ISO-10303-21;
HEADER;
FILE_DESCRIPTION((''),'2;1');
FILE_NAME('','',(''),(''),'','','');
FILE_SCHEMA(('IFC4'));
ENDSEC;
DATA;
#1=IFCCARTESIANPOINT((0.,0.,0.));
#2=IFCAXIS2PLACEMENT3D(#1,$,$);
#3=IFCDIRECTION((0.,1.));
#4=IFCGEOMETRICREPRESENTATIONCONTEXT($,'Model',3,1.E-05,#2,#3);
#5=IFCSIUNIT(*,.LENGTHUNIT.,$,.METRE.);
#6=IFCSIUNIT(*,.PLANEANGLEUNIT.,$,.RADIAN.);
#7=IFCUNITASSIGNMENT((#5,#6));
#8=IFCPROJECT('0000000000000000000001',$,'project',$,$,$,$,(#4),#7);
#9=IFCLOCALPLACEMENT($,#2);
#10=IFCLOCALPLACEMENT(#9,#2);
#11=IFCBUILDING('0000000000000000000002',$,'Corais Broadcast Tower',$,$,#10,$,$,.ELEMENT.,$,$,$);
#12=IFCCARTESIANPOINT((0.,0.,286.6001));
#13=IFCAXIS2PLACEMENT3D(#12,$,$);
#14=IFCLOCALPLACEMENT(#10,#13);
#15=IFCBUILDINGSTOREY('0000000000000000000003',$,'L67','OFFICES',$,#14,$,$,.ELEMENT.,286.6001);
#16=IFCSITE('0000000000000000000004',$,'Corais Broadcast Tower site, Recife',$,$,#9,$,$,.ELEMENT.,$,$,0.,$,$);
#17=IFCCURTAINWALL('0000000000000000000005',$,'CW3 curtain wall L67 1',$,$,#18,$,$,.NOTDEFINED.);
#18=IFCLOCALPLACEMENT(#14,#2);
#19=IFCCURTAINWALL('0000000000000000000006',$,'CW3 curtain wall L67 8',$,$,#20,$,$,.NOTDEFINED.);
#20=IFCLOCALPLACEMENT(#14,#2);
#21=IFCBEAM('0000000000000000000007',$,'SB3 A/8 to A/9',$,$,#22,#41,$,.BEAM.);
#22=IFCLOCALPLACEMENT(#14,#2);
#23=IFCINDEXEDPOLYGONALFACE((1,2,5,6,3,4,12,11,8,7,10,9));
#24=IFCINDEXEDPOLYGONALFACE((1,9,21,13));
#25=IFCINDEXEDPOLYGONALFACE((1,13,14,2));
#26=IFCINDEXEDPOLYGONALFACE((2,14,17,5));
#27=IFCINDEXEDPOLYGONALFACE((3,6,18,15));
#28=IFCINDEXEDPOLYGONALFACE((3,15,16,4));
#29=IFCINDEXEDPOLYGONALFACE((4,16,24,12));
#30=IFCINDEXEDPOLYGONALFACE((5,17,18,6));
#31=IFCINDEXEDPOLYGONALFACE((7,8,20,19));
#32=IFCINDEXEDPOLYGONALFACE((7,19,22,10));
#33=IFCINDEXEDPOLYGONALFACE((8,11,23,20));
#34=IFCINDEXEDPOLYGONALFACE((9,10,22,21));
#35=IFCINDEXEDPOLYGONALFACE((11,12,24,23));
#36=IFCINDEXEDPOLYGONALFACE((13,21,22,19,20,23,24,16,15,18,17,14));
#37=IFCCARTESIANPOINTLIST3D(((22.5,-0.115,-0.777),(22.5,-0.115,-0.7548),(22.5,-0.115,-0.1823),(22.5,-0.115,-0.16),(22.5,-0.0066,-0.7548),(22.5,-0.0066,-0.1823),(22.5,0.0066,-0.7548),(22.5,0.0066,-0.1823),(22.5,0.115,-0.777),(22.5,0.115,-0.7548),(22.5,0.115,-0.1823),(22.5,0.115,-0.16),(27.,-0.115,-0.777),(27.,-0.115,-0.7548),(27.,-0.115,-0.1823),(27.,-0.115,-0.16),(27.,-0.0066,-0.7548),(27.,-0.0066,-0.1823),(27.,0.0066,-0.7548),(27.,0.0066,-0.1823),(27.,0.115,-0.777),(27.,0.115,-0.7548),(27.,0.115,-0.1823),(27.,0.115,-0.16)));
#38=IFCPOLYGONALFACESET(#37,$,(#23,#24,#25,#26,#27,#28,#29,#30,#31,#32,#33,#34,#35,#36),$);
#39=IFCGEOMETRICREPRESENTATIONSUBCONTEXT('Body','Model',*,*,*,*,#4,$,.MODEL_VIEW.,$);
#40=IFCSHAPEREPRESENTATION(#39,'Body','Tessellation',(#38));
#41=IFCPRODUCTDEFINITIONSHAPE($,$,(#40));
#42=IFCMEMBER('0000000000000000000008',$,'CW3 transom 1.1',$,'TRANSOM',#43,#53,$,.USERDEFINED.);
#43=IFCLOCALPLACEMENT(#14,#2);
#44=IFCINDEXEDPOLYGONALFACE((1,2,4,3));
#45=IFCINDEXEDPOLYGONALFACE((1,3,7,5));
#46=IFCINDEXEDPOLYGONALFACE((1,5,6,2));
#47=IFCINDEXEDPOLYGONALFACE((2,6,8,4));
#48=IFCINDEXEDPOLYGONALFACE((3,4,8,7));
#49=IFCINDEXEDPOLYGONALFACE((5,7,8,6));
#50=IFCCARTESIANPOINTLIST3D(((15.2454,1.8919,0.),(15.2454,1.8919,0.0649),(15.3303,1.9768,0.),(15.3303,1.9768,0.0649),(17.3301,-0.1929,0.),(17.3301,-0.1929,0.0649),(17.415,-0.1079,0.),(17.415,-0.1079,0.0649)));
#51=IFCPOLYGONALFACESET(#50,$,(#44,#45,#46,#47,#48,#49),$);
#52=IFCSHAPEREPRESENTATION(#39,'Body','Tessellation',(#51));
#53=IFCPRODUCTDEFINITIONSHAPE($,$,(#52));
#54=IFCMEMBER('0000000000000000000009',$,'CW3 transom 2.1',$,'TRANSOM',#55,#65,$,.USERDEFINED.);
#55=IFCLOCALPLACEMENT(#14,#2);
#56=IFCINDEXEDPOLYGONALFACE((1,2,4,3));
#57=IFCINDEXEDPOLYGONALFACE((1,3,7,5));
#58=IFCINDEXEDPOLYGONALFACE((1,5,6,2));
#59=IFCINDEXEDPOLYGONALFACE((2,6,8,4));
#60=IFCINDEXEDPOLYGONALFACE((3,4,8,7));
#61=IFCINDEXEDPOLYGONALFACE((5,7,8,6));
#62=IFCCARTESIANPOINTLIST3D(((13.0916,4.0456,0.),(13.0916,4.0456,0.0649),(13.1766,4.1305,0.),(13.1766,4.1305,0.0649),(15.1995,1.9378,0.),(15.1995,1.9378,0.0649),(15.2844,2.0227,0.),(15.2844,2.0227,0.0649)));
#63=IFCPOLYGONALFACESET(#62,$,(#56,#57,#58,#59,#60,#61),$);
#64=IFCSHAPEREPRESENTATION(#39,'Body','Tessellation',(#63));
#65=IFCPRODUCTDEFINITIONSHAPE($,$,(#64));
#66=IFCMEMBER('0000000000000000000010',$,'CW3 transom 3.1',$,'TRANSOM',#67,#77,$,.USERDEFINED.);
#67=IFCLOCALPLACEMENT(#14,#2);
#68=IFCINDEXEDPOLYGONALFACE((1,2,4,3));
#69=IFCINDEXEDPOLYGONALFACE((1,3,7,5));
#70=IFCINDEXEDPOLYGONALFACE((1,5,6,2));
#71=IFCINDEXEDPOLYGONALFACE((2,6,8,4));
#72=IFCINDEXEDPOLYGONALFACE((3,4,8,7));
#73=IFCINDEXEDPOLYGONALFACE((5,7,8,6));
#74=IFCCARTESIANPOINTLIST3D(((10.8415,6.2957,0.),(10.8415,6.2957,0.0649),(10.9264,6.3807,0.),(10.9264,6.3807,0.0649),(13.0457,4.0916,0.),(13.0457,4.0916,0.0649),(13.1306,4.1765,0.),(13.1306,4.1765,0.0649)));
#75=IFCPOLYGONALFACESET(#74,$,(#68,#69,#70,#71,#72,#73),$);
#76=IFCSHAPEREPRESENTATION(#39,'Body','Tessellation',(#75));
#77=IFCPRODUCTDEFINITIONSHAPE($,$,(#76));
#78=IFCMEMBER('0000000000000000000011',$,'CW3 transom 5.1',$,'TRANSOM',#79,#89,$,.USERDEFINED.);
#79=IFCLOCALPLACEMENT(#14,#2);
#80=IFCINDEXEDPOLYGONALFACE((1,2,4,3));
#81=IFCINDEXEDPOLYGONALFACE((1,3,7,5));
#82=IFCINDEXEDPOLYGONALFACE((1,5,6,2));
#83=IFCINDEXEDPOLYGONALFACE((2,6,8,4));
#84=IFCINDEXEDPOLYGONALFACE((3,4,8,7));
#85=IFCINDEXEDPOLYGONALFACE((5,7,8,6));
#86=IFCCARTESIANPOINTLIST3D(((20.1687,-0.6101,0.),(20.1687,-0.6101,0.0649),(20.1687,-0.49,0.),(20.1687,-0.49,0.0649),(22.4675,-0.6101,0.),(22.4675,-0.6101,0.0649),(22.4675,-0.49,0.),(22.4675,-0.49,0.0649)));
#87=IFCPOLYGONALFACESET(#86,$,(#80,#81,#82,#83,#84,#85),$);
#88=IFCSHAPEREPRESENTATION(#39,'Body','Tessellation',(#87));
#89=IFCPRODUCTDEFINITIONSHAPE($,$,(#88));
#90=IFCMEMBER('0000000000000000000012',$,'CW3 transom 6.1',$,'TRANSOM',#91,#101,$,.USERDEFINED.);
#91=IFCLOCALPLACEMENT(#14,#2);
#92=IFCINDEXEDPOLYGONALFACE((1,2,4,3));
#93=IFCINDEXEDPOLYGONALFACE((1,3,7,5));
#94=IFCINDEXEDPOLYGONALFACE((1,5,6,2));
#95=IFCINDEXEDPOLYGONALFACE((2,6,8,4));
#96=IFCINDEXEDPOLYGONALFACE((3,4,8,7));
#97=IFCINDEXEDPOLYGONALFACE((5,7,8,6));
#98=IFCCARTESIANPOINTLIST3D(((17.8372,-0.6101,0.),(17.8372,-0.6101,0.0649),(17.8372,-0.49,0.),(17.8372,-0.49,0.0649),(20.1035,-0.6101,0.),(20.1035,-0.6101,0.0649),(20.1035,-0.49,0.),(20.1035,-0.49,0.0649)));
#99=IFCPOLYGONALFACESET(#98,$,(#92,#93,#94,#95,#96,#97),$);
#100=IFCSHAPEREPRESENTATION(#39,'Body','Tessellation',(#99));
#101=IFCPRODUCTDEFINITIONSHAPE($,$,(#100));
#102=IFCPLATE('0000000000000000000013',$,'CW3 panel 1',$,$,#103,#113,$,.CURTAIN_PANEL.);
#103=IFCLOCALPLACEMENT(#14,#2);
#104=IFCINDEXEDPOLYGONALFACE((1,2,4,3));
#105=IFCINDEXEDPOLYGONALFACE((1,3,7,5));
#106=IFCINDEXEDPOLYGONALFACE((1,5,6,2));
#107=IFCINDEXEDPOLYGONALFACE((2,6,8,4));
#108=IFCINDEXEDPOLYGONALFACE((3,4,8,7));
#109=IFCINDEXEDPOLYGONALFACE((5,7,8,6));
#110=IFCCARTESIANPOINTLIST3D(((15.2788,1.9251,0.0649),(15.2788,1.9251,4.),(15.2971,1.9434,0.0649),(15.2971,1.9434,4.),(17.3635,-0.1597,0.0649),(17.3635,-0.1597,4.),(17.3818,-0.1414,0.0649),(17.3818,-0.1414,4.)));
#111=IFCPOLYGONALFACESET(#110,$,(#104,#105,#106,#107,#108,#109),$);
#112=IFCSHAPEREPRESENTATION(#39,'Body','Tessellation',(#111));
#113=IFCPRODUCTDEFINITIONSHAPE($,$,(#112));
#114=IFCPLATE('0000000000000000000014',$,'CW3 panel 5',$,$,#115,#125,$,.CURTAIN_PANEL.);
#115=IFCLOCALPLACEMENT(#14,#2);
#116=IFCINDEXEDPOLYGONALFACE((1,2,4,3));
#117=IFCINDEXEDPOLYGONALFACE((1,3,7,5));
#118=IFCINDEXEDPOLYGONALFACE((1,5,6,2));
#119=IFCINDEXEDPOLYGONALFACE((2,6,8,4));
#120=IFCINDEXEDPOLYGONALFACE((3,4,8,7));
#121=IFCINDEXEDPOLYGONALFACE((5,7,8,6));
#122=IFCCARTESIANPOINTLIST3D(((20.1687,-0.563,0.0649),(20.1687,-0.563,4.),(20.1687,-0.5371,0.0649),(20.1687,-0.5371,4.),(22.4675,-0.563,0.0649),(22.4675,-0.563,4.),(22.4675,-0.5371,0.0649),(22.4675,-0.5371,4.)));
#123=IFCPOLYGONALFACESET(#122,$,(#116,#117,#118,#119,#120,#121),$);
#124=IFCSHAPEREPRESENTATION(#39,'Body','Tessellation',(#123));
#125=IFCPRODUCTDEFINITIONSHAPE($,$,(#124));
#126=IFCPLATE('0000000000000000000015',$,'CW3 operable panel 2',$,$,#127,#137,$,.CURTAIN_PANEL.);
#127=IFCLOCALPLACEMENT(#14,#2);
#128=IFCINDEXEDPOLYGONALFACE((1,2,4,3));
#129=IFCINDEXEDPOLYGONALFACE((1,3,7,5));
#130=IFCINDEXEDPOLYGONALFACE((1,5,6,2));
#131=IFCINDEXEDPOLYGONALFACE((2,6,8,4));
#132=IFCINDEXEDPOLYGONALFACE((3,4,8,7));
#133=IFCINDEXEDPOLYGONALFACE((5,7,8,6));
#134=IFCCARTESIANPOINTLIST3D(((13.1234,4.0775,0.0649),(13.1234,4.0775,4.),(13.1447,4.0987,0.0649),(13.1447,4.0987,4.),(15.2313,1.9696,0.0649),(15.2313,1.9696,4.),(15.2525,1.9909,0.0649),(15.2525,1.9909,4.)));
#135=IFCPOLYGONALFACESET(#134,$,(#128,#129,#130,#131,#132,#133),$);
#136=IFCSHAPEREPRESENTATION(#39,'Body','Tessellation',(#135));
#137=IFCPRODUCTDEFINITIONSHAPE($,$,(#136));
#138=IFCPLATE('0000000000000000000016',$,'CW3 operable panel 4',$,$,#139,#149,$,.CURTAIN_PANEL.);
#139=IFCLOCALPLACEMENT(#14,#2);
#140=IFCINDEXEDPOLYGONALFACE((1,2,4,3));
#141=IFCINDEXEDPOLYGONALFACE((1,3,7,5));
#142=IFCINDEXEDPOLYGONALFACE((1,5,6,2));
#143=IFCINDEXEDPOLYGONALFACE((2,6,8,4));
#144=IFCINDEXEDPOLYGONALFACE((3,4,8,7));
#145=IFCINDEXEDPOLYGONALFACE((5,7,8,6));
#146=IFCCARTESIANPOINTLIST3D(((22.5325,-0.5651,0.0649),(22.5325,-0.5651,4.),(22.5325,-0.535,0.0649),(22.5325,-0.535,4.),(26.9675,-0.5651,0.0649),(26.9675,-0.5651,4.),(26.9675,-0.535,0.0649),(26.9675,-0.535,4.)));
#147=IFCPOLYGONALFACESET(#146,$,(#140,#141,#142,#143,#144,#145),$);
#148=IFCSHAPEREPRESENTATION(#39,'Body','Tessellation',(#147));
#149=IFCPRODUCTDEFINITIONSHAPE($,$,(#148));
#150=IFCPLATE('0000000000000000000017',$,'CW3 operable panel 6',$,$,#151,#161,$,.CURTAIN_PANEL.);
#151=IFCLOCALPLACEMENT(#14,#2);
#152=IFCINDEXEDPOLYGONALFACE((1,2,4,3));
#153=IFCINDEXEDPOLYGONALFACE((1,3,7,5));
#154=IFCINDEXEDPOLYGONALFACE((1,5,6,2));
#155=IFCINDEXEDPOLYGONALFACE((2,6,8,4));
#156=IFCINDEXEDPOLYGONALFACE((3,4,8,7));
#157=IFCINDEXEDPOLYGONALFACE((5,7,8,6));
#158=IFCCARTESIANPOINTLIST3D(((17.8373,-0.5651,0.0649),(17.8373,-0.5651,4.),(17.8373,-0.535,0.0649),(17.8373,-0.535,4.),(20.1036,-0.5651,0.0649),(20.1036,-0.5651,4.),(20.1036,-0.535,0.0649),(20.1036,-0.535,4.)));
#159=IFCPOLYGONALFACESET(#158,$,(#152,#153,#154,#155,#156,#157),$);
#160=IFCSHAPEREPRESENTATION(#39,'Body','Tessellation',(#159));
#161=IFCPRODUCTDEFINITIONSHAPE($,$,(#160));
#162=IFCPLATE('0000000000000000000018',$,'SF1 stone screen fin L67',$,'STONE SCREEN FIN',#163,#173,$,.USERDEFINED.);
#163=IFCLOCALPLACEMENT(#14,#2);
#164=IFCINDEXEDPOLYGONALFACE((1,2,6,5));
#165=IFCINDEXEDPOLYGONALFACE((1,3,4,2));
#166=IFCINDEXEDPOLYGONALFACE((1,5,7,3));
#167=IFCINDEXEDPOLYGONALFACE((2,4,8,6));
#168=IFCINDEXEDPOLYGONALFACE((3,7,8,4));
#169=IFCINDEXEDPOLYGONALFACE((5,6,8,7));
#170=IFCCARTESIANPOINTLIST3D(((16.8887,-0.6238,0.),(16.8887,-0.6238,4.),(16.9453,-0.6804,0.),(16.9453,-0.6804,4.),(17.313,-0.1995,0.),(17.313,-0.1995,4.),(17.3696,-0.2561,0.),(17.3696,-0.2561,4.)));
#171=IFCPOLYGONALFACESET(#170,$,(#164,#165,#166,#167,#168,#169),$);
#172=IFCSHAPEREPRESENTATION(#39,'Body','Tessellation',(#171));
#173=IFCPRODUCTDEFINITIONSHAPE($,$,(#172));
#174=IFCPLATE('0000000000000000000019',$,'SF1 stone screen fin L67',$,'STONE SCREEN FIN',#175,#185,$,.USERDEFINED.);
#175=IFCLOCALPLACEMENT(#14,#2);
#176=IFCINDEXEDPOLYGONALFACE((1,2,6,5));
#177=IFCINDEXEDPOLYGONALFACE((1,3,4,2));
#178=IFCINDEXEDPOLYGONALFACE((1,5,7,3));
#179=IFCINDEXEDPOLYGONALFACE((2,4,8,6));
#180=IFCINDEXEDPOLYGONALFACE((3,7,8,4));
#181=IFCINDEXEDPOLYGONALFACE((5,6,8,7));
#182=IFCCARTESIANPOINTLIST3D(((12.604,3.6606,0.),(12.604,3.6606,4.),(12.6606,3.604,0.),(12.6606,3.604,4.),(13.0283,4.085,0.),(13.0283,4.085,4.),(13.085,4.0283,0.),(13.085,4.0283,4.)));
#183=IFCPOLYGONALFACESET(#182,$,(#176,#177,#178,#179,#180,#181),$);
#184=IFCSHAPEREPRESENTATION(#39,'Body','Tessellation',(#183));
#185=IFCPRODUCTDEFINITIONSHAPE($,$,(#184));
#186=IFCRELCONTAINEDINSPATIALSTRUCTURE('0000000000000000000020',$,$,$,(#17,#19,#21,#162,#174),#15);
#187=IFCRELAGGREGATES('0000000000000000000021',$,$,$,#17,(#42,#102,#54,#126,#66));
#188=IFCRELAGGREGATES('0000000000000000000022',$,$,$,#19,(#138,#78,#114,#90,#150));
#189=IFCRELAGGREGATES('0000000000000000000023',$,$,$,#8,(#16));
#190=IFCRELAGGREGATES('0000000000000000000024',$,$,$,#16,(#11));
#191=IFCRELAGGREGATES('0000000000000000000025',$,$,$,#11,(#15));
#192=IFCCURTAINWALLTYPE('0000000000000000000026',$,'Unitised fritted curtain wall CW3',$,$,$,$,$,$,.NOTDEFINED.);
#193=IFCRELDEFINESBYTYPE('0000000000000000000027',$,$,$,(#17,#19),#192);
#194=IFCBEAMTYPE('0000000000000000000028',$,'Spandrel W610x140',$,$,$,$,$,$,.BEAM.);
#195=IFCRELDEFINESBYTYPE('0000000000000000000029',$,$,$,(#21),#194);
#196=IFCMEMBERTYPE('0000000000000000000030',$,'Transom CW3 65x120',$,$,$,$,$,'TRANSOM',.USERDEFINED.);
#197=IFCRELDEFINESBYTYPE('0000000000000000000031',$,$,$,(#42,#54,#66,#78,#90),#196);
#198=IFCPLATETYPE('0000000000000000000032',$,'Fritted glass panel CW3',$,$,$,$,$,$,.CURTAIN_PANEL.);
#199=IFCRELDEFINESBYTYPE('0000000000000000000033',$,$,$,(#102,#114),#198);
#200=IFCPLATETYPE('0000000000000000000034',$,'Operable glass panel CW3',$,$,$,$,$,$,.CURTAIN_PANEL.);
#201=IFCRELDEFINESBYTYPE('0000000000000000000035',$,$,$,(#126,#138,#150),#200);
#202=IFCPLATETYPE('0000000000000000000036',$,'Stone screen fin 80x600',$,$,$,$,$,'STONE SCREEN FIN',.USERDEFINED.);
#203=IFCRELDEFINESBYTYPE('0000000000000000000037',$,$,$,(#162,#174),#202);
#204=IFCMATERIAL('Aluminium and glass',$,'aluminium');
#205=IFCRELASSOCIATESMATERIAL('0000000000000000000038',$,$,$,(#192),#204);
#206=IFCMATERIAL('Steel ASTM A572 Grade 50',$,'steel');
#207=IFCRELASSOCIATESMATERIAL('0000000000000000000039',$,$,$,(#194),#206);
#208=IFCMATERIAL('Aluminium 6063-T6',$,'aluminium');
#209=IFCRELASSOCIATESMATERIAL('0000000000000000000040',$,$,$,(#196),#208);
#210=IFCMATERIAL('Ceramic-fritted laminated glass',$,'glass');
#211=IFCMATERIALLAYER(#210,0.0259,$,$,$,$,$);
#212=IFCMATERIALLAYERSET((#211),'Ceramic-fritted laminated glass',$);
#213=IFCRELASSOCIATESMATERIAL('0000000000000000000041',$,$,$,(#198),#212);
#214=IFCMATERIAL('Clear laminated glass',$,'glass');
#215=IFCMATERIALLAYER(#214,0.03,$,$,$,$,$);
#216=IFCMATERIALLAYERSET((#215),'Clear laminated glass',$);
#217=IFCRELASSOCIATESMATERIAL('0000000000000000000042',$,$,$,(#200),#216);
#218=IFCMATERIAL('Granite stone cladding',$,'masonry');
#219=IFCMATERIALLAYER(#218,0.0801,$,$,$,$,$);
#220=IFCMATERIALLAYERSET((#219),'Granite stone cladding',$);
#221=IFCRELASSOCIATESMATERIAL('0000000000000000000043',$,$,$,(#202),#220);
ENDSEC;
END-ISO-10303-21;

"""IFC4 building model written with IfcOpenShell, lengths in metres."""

from ifc_helpers import new_model, si_unit, direction, frame, origin, origin_2d, place, context, subcontext, project, spatial, rectangle, i_section, extrude, material, layer, layer_set, material_profile, profile_set, type_object, element, aggregate, save


model = new_model("IFC4")

# Units and contexts
model_context = context("Model", 3, precision=1e-05, world=origin(), true_north=direction((0.0, 1.0)))
body_context = subcontext(model_context, "Body", "Model", "MODEL_VIEW")
ifc_project = project(units=[si_unit("LENGTHUNIT", "METRE"), si_unit("PLANEANGLEUNIT", "RADIAN")], contexts=[model_context])

# Site, building, storey
site_placement = place(None, origin())
site = spatial("IfcSite", under=ifc_project, at=site_placement, Name="Corais Broadcast Tower site, Recife", CompositionType="ELEMENT", RefElevation=0.0)
building_placement = place(site_placement, origin())
building = spatial("IfcBuilding", under=site, at=building_placement, Name="Corais Broadcast Tower", CompositionType="ELEMENT")
storey_placement = place(building_placement, frame((0.0, 0.0, 286.6001)))
storey = spatial("IfcBuildingStorey", under=building, at=storey_placement, Name="L67", Description="OFFICES", CompositionType="ELEMENT", Elevation=286.6001)

# Curtain walls
ifc_material_1 = material(Name="Aluminium and glass", Category="aluminium")
curtain_wall_type = type_object("IfcCurtainWallType", Name="Unitised fritted curtain wall CW3", PredefinedType="NOTDEFINED", material=ifc_material_1)
curtain_wall_1_placement = place(storey_placement, origin())
curtain_wall_1 = element("IfcCurtainWall", 1, at=curtain_wall_1_placement, inside=storey, type_object=curtain_wall_type, Name="CW3 curtain wall L67 1", PredefinedType="NOTDEFINED")
curtain_wall_2_placement = place(storey_placement, origin())
curtain_wall_2 = element("IfcCurtainWall", 2, at=curtain_wall_2_placement, inside=storey, type_object=curtain_wall_type, Name="CW3 curtain wall L67 8", PredefinedType="NOTDEFINED")

# Beam
ifc_material_2 = material(Name="Steel ASTM A572 Grade 50", Category="steel")
ifc_material_profile_1 = material_profile(ifc_material_2, i_section(OverallWidth=0.23, OverallDepth=0.6169, WebThickness=0.0132, FlangeThickness=0.0222, at=origin_2d()), Name="W610x140")
ifc_profile_set_1 = profile_set([ifc_material_profile_1], Name="Steel ASTM A572 Grade 50")
beam_type_1 = type_object("IfcBeamType", Name="Spandrel W610x140", PredefinedType="BEAM", material=ifc_profile_set_1)
for number, where, z_axis, x_axis, name in (
    (3, (22.5, 0.0, -0.4685), (1.0, 0.0, 0.0), (0.0, 1.0, 0.0), "SB3 A/8 to A/9"),
):
    element("IfcBeam", number, at=place(storey_placement, frame(where, z_axis=z_axis, x_axis=x_axis)), inside=storey, type_object=beam_type_1, Name=name, PredefinedType="BEAM", context=body_context, shape_type="SweptSolid", body=[
        extrude(i_section(OverallWidth=0.23, OverallDepth=0.6169, WebThickness=0.0132, FlangeThickness=0.0222, at=origin_2d()), origin(), (0.0, 0.0, 1.0), 4.5),
    ])

# Members
ifc_material_3 = material(Name="Aluminium 6063-T6", Category="aluminium")
ifc_material_profile_2 = material_profile(ifc_material_3, rectangle(XDim=0.1201, YDim=0.0649, at=origin_2d()), Name="Transom CW3 65x120")
ifc_profile_set_2 = profile_set([ifc_material_profile_2], Name="Aluminium 6063-T6")
member_type_1 = type_object("IfcMemberType", Name="Transom CW3 65x120", ElementType="TRANSOM", PredefinedType="USERDEFINED", material=ifc_profile_set_2)
member_1_placement = place(storey_placement, frame((17.3726, -0.1504, 0.0325), z_axis=(-0.707107, 0.707107, 0.0), x_axis=(-0.707107, -0.707107, 0.0)))
member_1 = element("IfcMember", 4, at=member_1_placement, type_object=member_type_1, Name="CW3 transom 1.1", ObjectType="TRANSOM", PredefinedType="USERDEFINED", context=body_context, shape_type="SweptSolid", body=[
    extrude(rectangle(XDim=0.1201, YDim=0.0649, at=origin_2d()), origin(), (0.0, 0.0, 1.0), 2.9482),
])
member_2_placement = place(storey_placement, frame((15.2419, 1.9802, 0.0325), z_axis=(-0.707107, 0.707107, 0.0), x_axis=(-0.707107, -0.707107, 0.0)))
member_2 = element("IfcMember", 5, at=member_2_placement, type_object=member_type_1, Name="CW3 transom 2.1", ObjectType="TRANSOM", PredefinedType="USERDEFINED", context=body_context, shape_type="SweptSolid", body=[
    extrude(rectangle(XDim=0.1201, YDim=0.0649, at=origin_2d()), origin(), (0.0, 0.0, 1.0), 2.981),
])
member_3_placement = place(storey_placement, frame((13.0881, 4.134, 0.0325), z_axis=(-0.707107, 0.707107, 0.0), x_axis=(-0.707107, -0.707107, 0.0)))
member_3 = element("IfcMember", 6, at=member_3_placement, type_object=member_type_1, Name="CW3 transom 3.1", ObjectType="TRANSOM", PredefinedType="USERDEFINED", context=body_context, shape_type="SweptSolid", body=[
    extrude(rectangle(XDim=0.1201, YDim=0.0649, at=origin_2d()), origin(), (0.0, 0.0, 1.0), 3.1172),
])
member_4_placement = place(storey_placement, frame((22.4675, -0.55, 0.0325), z_axis=(-1.0, 0.0, 0.0), x_axis=(0.0, -1.0, 0.0)))
member_4 = element("IfcMember", 7, at=member_4_placement, type_object=member_type_1, Name="CW3 transom 5.1", ObjectType="TRANSOM", PredefinedType="USERDEFINED", context=body_context, shape_type="SweptSolid", body=[
    extrude(rectangle(XDim=0.1201, YDim=0.0649, at=origin_2d()), origin(), (0.0, 0.0, 1.0), 2.2988),
])
member_5_placement = place(storey_placement, frame((20.1035, -0.55, 0.0325), z_axis=(-1.0, 0.0, 0.0), x_axis=(0.0, -1.0, 0.0)))
member_5 = element("IfcMember", 8, at=member_5_placement, type_object=member_type_1, Name="CW3 transom 6.1", ObjectType="TRANSOM", PredefinedType="USERDEFINED", context=body_context, shape_type="SweptSolid", body=[
    extrude(rectangle(XDim=0.1201, YDim=0.0649, at=origin_2d()), origin(), (0.0, 0.0, 1.0), 2.2664),
])

# Plates
ifc_material_4 = material(Name="Ceramic-fritted laminated glass", Category="glass")
ifc_layer_1 = layer(ifc_material_4, 0.0259)
ifc_layer_set_1 = layer_set([ifc_layer_1], Name="Ceramic-fritted laminated glass")
plate_type_1 = type_object("IfcPlateType", Name="Fritted glass panel CW3", PredefinedType="CURTAIN_PANEL", material=ifc_layer_set_1)
plate_1_placement = place(storey_placement, frame((16.3303, 0.8918, 0.0649), z_axis=(0.0, 0.0, 1.0), x_axis=(-0.707107, 0.707107, 0.0)))
plate_1 = element("IfcPlate", 9, at=plate_1_placement, type_object=plate_type_1, Name="CW3 panel 1", PredefinedType="CURTAIN_PANEL", context=body_context, shape_type="SweptSolid", body=[
    extrude(rectangle(XDim=2.9482, YDim=0.0259, at=origin_2d()), origin(), (0.0, 0.0, 1.0), 3.9351),
])
plate_2_placement = place(storey_placement, frame((21.3181, -0.55, 0.0649), z_axis=(0.0, 0.0, 1.0), x_axis=(-1.0, 0.0, 0.0)))
plate_2 = element("IfcPlate", 10, at=plate_2_placement, type_object=plate_type_1, Name="CW3 panel 5", PredefinedType="CURTAIN_PANEL", context=body_context, shape_type="SweptSolid", body=[
    extrude(rectangle(XDim=2.2988, YDim=0.0259, at=origin_2d()), origin(), (0.0, 0.0, 1.0), 3.9351),
])
ifc_material_5 = material(Name="Clear laminated glass", Category="glass")
ifc_layer_2 = layer(ifc_material_5, 0.03)
ifc_layer_set_2 = layer_set([ifc_layer_2], Name="Clear laminated glass")
plate_type_2 = type_object("IfcPlateType", Name="Operable glass panel CW3", PredefinedType="CURTAIN_PANEL", material=ifc_layer_set_2)
plate_3_placement = place(storey_placement, frame((14.188, 3.0342, 0.0649), z_axis=(0.0, 0.0, 1.0), x_axis=(-0.707107, 0.707107, 0.0)))
plate_3 = element("IfcPlate", 11, at=plate_3_placement, type_object=plate_type_2, Name="CW3 operable panel 2", PredefinedType="CURTAIN_PANEL", context=body_context, shape_type="SweptSolid", body=[
    extrude(rectangle(XDim=2.981, YDim=0.03, at=origin_2d()), origin(), (0.0, 0.0, 1.0), 3.9351),
])
aggregate(curtain_wall_1, [member_1, plate_1, member_2, plate_3, member_3])
plate_4_placement = place(storey_placement, frame((24.75, -0.55, 0.0649), z_axis=(0.0, 0.0, 1.0), x_axis=(-1.0, 0.0, 0.0)))
plate_4 = element("IfcPlate", 12, at=plate_4_placement, type_object=plate_type_2, Name="CW3 operable panel 4", PredefinedType="CURTAIN_PANEL", context=body_context, shape_type="SweptSolid", body=[
    extrude(rectangle(XDim=4.4351, YDim=0.03, at=origin_2d()), origin(), (0.0, 0.0, 1.0), 3.9351),
])
plate_5_placement = place(storey_placement, frame((18.9705, -0.55, 0.0649), z_axis=(0.0, 0.0, 1.0), x_axis=(-1.0, 0.0, 0.0)))
plate_5 = element("IfcPlate", 13, at=plate_5_placement, type_object=plate_type_2, Name="CW3 operable panel 6", PredefinedType="CURTAIN_PANEL", context=body_context, shape_type="SweptSolid", body=[
    extrude(rectangle(XDim=2.2664, YDim=0.03, at=origin_2d()), origin(), (0.0, 0.0, 1.0), 3.9351),
])
aggregate(curtain_wall_2, [plate_4, member_4, plate_2, member_5, plate_5])

# Plates
ifc_material_6 = material(Name="Granite stone cladding", Category="masonry")
ifc_layer_3 = layer(ifc_material_6, 0.0801)
ifc_layer_set_3 = layer_set([ifc_layer_3], Name="Granite stone cladding")
plate_type_3 = type_object("IfcPlateType", Name="Stone screen fin 80x600", ElementType="STONE SCREEN FIN", PredefinedType="USERDEFINED", material=ifc_layer_set_3)
for number, where, z_axis, x_axis, name in (
    (14, (17.1292, -0.4399, 0.0), (0.0, 0.0, 1.0), (-0.707107, 0.707107, 0.0), "SF1 stone screen fin L67"),
    (15, (12.8445, 3.8445, 0.0), (0.0, 0.0, 1.0), (-0.707107, 0.707107, 0.0), "SF1 stone screen fin L67"),
):
    element("IfcPlate", number, at=place(storey_placement, frame(where, z_axis=z_axis, x_axis=x_axis)), inside=storey, type_object=plate_type_3, Name=name, ObjectType="STONE SCREEN FIN", PredefinedType="USERDEFINED", context=body_context, shape_type="SweptSolid", body=[
        extrude(rectangle(XDim=0.0801, YDim=0.6001, at=origin_2d()), origin(), (0.0, 0.0, 1.0), 4.0),
    ])

save(model, "model.ifc")
